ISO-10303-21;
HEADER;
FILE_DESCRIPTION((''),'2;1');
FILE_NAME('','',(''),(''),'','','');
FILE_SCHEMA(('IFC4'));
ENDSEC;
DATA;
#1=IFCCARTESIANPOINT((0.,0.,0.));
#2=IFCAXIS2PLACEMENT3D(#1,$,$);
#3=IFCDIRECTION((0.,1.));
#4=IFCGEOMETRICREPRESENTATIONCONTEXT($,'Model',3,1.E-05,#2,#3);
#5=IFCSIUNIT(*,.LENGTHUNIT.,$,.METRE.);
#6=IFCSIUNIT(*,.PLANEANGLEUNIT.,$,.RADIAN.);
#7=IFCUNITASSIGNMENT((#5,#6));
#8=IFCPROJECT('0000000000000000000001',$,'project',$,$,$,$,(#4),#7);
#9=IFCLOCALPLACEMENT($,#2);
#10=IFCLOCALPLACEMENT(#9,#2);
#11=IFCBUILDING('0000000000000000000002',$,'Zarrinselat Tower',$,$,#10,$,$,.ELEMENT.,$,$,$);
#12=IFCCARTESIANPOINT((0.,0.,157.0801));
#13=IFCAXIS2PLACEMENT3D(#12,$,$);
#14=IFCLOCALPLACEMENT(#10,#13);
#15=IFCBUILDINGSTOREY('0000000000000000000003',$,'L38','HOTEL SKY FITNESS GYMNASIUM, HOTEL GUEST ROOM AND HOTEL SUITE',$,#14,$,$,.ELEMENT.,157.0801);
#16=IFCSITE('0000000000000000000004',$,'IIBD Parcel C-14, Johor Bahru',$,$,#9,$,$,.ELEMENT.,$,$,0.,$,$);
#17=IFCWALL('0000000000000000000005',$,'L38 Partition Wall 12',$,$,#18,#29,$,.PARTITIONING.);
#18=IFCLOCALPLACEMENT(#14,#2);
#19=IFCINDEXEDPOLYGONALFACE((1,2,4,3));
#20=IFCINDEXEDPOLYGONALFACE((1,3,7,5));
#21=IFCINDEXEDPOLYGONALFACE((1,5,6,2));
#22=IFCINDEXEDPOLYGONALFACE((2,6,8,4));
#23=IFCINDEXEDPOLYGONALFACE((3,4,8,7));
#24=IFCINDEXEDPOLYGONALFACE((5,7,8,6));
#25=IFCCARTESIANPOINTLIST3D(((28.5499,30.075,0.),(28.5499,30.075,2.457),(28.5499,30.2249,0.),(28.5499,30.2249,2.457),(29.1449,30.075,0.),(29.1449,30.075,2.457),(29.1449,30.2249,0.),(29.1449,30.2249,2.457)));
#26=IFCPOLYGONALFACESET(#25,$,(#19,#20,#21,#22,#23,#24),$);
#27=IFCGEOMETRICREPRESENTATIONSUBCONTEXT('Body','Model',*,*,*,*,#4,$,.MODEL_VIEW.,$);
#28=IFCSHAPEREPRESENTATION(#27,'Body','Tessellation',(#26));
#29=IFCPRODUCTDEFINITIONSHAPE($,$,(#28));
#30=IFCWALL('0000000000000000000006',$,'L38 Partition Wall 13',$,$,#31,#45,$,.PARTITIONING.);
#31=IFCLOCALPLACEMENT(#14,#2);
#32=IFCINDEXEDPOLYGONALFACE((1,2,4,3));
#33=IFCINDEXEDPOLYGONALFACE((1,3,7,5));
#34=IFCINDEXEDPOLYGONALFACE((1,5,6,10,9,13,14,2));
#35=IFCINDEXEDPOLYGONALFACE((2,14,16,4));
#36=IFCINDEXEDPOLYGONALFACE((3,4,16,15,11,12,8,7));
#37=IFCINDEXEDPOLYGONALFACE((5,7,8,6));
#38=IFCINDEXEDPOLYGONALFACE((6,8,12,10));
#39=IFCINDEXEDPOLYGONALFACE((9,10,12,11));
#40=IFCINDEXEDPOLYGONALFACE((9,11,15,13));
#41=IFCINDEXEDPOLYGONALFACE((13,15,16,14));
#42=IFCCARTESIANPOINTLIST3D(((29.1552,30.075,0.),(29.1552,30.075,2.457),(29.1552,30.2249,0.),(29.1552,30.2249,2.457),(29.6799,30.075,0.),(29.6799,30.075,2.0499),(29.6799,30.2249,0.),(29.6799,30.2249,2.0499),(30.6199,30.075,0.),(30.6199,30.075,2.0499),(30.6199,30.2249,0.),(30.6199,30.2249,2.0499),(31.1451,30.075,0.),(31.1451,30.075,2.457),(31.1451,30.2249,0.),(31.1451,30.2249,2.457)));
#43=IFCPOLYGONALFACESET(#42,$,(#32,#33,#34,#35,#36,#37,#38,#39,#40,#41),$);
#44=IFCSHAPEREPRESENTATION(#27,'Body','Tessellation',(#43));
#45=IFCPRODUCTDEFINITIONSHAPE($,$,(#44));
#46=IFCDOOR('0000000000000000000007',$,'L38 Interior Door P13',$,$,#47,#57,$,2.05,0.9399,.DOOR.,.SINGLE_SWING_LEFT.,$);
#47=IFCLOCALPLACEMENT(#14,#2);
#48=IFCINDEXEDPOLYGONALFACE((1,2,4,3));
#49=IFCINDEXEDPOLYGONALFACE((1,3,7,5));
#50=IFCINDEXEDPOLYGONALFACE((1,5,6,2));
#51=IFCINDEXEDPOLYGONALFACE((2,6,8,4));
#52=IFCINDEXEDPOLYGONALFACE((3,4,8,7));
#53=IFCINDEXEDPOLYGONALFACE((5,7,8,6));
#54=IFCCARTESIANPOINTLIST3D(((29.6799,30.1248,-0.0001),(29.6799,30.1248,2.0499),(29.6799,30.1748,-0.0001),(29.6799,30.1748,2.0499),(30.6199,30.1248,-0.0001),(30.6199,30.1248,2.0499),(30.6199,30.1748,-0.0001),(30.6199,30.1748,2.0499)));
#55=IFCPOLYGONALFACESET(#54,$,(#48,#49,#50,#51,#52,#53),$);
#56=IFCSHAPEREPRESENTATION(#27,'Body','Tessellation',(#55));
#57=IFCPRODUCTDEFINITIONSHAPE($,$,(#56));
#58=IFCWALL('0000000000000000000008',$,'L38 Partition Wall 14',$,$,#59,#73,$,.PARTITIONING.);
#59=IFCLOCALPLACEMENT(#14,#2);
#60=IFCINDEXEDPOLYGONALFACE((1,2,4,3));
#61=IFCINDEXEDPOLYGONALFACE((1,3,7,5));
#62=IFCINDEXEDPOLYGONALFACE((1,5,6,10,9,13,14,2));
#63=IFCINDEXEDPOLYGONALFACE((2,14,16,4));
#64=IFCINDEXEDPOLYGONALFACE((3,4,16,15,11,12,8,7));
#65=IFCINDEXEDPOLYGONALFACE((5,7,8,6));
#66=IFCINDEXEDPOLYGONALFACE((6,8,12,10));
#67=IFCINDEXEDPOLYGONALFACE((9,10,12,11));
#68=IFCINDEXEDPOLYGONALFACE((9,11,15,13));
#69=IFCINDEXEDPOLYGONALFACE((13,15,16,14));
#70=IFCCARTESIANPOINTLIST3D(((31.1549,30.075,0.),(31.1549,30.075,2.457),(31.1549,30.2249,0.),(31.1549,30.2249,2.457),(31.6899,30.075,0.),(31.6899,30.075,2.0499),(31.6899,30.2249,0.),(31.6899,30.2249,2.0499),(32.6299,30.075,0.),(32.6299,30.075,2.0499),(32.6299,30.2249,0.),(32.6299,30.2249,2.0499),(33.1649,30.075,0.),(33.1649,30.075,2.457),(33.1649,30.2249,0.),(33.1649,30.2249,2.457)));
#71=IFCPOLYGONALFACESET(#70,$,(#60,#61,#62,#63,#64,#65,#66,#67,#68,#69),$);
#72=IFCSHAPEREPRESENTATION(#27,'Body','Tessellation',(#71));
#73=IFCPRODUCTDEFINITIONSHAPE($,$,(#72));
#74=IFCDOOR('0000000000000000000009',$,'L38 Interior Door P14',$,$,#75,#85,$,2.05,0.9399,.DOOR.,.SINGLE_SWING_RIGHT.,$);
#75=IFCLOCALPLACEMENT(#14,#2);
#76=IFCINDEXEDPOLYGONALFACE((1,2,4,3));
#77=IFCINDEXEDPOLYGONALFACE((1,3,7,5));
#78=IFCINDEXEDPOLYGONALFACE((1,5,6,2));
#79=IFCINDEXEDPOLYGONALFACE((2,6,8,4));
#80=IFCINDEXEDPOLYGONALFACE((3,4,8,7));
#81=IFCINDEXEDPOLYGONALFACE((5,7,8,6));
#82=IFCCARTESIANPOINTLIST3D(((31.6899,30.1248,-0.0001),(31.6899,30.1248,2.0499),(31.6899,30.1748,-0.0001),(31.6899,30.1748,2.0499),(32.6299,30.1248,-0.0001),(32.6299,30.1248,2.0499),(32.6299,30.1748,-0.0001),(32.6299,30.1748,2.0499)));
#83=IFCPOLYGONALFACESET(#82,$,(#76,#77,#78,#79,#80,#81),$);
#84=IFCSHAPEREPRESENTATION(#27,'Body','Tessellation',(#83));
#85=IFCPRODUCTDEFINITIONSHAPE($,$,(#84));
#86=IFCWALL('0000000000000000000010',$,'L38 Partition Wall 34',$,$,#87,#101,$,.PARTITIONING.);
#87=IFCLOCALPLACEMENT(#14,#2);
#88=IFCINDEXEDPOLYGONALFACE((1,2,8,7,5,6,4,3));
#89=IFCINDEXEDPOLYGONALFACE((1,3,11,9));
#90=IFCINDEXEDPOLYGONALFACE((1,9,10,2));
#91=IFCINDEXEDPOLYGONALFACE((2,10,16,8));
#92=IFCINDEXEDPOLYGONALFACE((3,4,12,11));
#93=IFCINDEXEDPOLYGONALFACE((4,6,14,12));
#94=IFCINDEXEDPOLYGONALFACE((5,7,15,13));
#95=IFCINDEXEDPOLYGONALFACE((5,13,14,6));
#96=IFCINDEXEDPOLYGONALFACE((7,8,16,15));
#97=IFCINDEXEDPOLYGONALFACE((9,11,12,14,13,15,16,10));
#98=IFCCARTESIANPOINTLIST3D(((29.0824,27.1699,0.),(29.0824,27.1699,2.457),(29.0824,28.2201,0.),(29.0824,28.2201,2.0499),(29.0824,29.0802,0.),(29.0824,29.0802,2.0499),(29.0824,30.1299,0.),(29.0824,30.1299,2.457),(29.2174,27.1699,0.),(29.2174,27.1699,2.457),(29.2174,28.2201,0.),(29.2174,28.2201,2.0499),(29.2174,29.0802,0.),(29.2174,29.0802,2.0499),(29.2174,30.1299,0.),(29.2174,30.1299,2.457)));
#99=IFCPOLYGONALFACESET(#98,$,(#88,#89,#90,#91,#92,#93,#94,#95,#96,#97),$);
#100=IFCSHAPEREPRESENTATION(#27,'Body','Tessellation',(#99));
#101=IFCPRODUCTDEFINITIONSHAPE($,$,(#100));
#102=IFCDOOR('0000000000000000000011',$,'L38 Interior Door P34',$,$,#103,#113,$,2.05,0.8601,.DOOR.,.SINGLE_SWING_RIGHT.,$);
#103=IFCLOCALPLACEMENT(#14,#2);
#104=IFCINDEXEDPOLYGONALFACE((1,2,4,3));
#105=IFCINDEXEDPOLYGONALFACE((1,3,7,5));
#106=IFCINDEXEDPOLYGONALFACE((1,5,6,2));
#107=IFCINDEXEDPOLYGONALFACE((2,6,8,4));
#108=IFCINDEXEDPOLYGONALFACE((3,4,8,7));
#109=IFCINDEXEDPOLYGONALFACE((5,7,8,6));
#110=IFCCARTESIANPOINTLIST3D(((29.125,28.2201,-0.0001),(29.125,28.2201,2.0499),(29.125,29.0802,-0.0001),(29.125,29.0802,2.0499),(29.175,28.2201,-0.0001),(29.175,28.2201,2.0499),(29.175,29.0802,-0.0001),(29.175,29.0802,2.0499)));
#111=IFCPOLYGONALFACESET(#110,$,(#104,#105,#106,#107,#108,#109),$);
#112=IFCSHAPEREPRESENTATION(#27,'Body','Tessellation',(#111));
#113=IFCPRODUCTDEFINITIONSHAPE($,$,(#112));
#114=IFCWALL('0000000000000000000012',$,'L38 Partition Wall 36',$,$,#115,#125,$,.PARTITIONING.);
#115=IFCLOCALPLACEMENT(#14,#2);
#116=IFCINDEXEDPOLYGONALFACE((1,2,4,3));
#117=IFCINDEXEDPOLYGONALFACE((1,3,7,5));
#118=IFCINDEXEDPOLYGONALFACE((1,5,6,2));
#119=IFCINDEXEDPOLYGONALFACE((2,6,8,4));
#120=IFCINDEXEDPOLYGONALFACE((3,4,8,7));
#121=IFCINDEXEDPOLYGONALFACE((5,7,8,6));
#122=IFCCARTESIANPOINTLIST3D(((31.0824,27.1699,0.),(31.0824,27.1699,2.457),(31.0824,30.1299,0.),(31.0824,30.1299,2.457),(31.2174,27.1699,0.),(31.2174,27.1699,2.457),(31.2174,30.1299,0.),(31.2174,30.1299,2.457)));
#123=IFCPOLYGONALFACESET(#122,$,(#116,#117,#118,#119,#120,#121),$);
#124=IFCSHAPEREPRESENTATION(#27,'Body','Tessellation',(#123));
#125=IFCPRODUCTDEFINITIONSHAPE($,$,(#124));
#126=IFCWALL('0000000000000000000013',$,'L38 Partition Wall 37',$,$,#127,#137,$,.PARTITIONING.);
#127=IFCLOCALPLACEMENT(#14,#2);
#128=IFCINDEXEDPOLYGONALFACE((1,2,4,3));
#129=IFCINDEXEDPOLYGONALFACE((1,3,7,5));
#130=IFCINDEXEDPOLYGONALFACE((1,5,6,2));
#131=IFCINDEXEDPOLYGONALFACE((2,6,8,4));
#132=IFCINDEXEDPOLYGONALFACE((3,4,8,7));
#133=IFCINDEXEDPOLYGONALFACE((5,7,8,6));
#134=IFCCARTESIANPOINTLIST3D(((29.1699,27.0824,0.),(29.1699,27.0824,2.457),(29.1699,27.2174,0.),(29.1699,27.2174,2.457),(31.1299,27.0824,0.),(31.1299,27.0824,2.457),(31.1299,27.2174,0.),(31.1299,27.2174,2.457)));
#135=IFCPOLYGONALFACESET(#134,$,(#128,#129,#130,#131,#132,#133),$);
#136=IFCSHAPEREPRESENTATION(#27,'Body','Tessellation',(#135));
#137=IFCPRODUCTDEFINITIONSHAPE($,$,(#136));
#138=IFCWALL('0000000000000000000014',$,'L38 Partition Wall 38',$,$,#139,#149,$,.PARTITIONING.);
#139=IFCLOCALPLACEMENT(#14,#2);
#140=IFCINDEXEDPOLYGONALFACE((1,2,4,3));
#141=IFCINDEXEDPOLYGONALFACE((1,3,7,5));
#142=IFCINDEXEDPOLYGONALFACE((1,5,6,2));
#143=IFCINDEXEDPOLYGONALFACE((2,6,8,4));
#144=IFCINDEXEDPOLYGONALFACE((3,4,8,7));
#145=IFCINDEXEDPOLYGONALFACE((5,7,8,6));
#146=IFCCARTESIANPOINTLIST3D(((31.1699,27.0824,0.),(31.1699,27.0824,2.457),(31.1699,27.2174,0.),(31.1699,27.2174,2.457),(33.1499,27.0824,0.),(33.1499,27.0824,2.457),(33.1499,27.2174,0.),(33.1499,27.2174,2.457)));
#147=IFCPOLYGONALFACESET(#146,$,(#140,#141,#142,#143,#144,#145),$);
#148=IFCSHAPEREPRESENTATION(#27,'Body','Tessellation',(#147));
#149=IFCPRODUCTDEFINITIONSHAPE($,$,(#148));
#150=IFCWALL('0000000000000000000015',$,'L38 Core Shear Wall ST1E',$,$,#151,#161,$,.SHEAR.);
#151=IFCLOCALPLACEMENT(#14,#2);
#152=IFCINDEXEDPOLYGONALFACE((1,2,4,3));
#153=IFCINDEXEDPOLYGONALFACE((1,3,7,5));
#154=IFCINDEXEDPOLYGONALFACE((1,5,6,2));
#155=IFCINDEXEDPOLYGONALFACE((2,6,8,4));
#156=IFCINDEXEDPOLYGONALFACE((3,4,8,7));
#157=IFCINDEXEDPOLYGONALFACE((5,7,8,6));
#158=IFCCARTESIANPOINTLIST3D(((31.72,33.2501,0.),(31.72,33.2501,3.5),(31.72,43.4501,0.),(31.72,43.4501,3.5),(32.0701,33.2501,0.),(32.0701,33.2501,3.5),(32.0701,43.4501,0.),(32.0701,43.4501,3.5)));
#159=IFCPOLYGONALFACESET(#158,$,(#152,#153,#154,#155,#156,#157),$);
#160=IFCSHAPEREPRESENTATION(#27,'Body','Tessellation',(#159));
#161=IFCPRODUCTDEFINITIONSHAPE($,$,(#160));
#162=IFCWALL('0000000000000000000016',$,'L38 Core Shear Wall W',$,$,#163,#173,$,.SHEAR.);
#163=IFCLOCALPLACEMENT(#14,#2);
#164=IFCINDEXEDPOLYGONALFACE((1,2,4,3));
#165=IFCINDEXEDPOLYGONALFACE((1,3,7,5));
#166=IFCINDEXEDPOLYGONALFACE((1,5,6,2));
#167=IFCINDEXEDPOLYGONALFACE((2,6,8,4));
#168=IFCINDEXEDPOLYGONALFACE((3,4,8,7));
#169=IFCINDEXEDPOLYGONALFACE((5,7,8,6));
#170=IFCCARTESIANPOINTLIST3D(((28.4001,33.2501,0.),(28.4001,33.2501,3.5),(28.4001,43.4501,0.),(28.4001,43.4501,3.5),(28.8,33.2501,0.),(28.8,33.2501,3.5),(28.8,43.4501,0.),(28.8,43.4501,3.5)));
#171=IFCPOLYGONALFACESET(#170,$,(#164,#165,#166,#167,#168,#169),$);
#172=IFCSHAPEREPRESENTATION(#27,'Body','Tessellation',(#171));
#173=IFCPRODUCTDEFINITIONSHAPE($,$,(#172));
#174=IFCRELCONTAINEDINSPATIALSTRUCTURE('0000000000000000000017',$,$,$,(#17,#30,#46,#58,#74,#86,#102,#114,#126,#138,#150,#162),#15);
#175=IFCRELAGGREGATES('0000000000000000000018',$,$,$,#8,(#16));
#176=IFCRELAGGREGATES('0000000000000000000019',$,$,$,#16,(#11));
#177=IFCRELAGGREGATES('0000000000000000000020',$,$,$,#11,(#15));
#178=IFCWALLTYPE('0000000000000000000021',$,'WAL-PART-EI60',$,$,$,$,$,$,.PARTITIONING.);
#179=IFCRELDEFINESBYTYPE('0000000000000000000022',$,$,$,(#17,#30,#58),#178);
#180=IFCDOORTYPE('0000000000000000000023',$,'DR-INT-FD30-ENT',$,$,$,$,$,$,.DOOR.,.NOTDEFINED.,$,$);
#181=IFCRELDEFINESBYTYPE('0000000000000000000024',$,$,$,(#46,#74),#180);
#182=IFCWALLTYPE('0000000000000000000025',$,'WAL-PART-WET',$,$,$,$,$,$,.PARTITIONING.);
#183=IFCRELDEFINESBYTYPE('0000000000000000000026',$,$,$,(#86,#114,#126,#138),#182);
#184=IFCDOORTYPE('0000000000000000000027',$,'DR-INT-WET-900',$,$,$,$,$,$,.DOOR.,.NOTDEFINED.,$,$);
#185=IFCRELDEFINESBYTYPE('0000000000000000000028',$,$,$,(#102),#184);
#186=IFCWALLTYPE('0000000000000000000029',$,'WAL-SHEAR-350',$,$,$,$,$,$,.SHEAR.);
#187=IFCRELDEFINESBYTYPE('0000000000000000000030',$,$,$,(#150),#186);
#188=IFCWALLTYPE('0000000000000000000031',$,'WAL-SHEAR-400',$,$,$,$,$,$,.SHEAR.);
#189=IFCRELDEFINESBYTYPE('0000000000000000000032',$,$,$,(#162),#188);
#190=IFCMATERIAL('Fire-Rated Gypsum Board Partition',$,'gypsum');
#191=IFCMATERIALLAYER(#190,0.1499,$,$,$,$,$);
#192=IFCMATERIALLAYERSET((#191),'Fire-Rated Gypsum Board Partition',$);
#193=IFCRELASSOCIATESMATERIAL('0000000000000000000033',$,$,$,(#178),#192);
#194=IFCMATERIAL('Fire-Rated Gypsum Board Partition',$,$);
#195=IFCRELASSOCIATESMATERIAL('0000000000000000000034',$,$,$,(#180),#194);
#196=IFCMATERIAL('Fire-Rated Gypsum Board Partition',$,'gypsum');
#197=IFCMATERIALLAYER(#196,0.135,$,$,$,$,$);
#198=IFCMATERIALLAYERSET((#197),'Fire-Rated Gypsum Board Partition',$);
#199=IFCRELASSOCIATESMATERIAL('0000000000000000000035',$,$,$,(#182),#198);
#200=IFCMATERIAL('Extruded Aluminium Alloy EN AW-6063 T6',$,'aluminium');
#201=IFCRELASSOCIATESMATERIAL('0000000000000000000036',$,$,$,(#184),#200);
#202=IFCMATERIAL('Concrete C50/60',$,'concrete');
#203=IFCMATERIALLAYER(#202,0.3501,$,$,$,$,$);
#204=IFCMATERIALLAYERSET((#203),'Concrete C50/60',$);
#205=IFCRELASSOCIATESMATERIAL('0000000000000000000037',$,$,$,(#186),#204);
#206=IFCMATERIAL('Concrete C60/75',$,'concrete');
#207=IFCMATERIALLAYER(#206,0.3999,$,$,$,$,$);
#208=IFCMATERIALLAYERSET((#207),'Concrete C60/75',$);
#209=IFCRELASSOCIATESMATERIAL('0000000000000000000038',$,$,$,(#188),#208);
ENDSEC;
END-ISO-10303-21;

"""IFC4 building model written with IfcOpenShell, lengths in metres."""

from ifc_helpers import new_model, si_unit, direction, frame, frame_2d, origin, place, context, subcontext, project, spatial, rectangle, extrude, material, layer, layer_set, type_object, element, fill, save


model = new_model("IFC4")

# Units and contexts
model_context = context("Model", 3, precision=1e-05, world=origin(), true_north=direction((0.0, 1.0)))
body_context = subcontext(model_context, "Body", "Model", "MODEL_VIEW")
ifc_project = project(units=[si_unit("LENGTHUNIT", "METRE"), si_unit("PLANEANGLEUNIT", "RADIAN")], contexts=[model_context])

# Site, building, storey
site_placement = place(None, origin())
site = spatial("IfcSite", under=ifc_project, at=site_placement, Name="IIBD Parcel C-14, Johor Bahru", CompositionType="ELEMENT", RefElevation=0.0)
building_placement = place(site_placement, origin())
building = spatial("IfcBuilding", under=site, at=building_placement, Name="Zarrinselat Tower", CompositionType="ELEMENT")
storey_placement = place(building_placement, frame((0.0, 0.0, 157.0801)))
storey = spatial("IfcBuildingStorey", under=building, at=storey_placement, Name="L38", Description="HOTEL SKY FITNESS GYMNASIUM, HOTEL GUEST ROOM AND HOTEL SUITE", CompositionType="ELEMENT", Elevation=157.0801)

# Wall
ifc_material_1 = material(Name="Fire-Rated Gypsum Board Partition", Category="gypsum")
ifc_layer_1 = layer(ifc_material_1, 0.1499)
ifc_layer_set_1 = layer_set([ifc_layer_1], Name="Fire-Rated Gypsum Board Partition")
wall_type_1 = type_object("IfcWallType", Name="WAL-PART-EI60", PredefinedType="PARTITIONING", material=ifc_layer_set_1)
wall_1_placement = place(storey_placement, frame((28.55, 30.1499, 0.0), z_axis=(0.0, 0.0, 1.0), x_axis=(1.0, 0.0, 0.0)))
element("IfcWall", 1, at=wall_1_placement, inside=storey, type_object=wall_type_1, Name="L38 Partition Wall 12", PredefinedType="PARTITIONING", context=body_context, shape_type="SweptSolid", body=[
    extrude(rectangle(XDim=0.595, YDim=0.1499, at=frame_2d((0.2974, 0.0))), origin(), (0.0, 0.0, 1.0), 2.457),
])

# Walls, openings, doors
wall_2_placement = place(storey_placement, frame((29.155, 30.1499, 0.0), z_axis=(0.0, 0.0, 1.0), x_axis=(1.0, 0.0, 0.0)))
wall_2 = element("IfcWall", 2, at=wall_2_placement, inside=storey, type_object=wall_type_1, Name="L38 Partition Wall 13", PredefinedType="PARTITIONING", context=body_context, shape_type="SweptSolid", body=[
    extrude(rectangle(XDim=1.99, YDim=0.1499, at=frame_2d((0.9951, 0.0))), origin(), (0.0, 0.0, 1.0), 2.457),
])
opening_1_placement = place(wall_2_placement, frame((0.5249, 0.0, 0.0)))
opening_1 = element("IfcOpeningElement", 3, at=opening_1_placement, cuts=wall_2, PredefinedType="OPENING", context=body_context, shape_type="SweptSolid", body=[
    extrude(rectangle(XDim=0.9399, YDim=2.05, at=frame_2d((0.47, 1.0249))), frame((0.0, 0.085, 0.0), z_axis=(0.0, -1.0, 0.0), x_axis=(1.0, 0.0, 0.0)), (0.0, 0.0, 1.0), 0.1699),
])
ifc_material_2 = material(Name="Fire-Rated Gypsum Board Partition")
door_type_1 = type_object("IfcDoorType", Name="DR-INT-FD30-ENT", OperationType="NOTDEFINED", PredefinedType="DOOR", material=ifc_material_2)
door_1_placement = place(opening_1_placement, origin())
door_1 = element("IfcDoor", 4, at=door_1_placement, inside=storey, type_object=door_type_1, Name="L38 Interior Door P13", OperationType="SINGLE_SWING_LEFT", OverallHeight=2.05, OverallWidth=0.9399, PredefinedType="DOOR", context=body_context, shape_type="SweptSolid", body=[
    extrude(rectangle(XDim=0.9399, YDim=2.05, at=frame_2d((0.47, 1.0249))), frame((0.0, 0.0249, 0.0), z_axis=(0.0, -1.0, 0.0), x_axis=(1.0, 0.0, 0.0)), (0.0, 0.0, 1.0), 0.05),
])
fill(opening_1, door_1)
wall_3_placement = place(storey_placement, frame((31.155, 30.1499, 0.0), z_axis=(0.0, 0.0, 1.0), x_axis=(1.0, 0.0, 0.0)))
wall_3 = element("IfcWall", 5, at=wall_3_placement, inside=storey, type_object=wall_type_1, Name="L38 Partition Wall 14", PredefinedType="PARTITIONING", context=body_context, shape_type="SweptSolid", body=[
    extrude(rectangle(XDim=2.01, YDim=0.1499, at=frame_2d((1.0049, 0.0))), origin(), (0.0, 0.0, 1.0), 2.457),
])
opening_2_placement = place(wall_3_placement, frame((0.5349, 0.0, 0.0)))
opening_2 = element("IfcOpeningElement", 6, at=opening_2_placement, cuts=wall_3, PredefinedType="OPENING", context=body_context, shape_type="SweptSolid", body=[
    extrude(rectangle(XDim=0.9399, YDim=2.05, at=frame_2d((0.47, 1.0249))), frame((0.0, 0.085, 0.0), z_axis=(0.0, -1.0, 0.0), x_axis=(1.0, 0.0, 0.0)), (0.0, 0.0, 1.0), 0.1699),
])
door_2_placement = place(opening_2_placement, origin())
door_2 = element("IfcDoor", 7, at=door_2_placement, inside=storey, type_object=door_type_1, Name="L38 Interior Door P14", OperationType="SINGLE_SWING_RIGHT", OverallHeight=2.05, OverallWidth=0.9399, PredefinedType="DOOR", context=body_context, shape_type="SweptSolid", body=[
    extrude(rectangle(XDim=0.9399, YDim=2.05, at=frame_2d((0.47, 1.0249))), frame((0.0, 0.0249, 0.0), z_axis=(0.0, -1.0, 0.0), x_axis=(1.0, 0.0, 0.0)), (0.0, 0.0, 1.0), 0.05),
])
fill(opening_2, door_2)
ifc_material_3 = material(Name="Fire-Rated Gypsum Board Partition", Category="gypsum")
ifc_layer_2 = layer(ifc_material_3, 0.135)
ifc_layer_set_2 = layer_set([ifc_layer_2], Name="Fire-Rated Gypsum Board Partition")
wall_type_2 = type_object("IfcWallType", Name="WAL-PART-WET", PredefinedType="PARTITIONING", material=ifc_layer_set_2)
wall_4_placement = place(storey_placement, frame((29.1499, 27.1699, 0.0), z_axis=(0.0, 0.0, 1.0), x_axis=(0.0, 1.0, 0.0)))
wall_4 = element("IfcWall", 8, at=wall_4_placement, inside=storey, type_object=wall_type_2, Name="L38 Partition Wall 34", PredefinedType="PARTITIONING", context=body_context, shape_type="SweptSolid", body=[
    extrude(rectangle(XDim=2.96, YDim=0.135, at=frame_2d((1.48, 0.0))), origin(), (0.0, 0.0, 1.0), 2.457),
])
opening_3_placement = place(wall_4_placement, frame((1.05, 0.0, 0.0)))
opening_3 = element("IfcOpeningElement", 9, at=opening_3_placement, cuts=wall_4, PredefinedType="OPENING", context=body_context, shape_type="SweptSolid", body=[
    extrude(rectangle(XDim=0.8601, YDim=2.05, at=frame_2d((0.4302, 1.0249))), frame((0.0, 0.0774, 0.0), z_axis=(0.0, -1.0, 0.0), x_axis=(1.0, 0.0, 0.0)), (0.0, 0.0, 1.0), 0.155),
])
ifc_material_4 = material(Name="Extruded Aluminium Alloy EN AW-6063 T6", Category="aluminium")
door_type_2 = type_object("IfcDoorType", Name="DR-INT-WET-900", OperationType="NOTDEFINED", PredefinedType="DOOR", material=ifc_material_4)
door_3_placement = place(opening_3_placement, origin())
door_3 = element("IfcDoor", 10, at=door_3_placement, inside=storey, type_object=door_type_2, Name="L38 Interior Door P34", OperationType="SINGLE_SWING_RIGHT", OverallHeight=2.05, OverallWidth=0.8601, PredefinedType="DOOR", context=body_context, shape_type="SweptSolid", body=[
    extrude(rectangle(XDim=0.8601, YDim=2.05, at=frame_2d((0.4302, 1.0249))), frame((0.0, 0.0249, 0.0), z_axis=(0.0, -1.0, 0.0), x_axis=(1.0, 0.0, 0.0)), (0.0, 0.0, 1.0), 0.05),
])
fill(opening_3, door_3)

# Walls
wall_5_placement = place(storey_placement, frame((31.1499, 27.1699, 0.0), z_axis=(0.0, 0.0, 1.0), x_axis=(0.0, 1.0, 0.0)))
element("IfcWall", 11, at=wall_5_placement, inside=storey, type_object=wall_type_2, Name="L38 Partition Wall 36", PredefinedType="PARTITIONING", context=body_context, shape_type="SweptSolid", body=[
    extrude(rectangle(XDim=2.96, YDim=0.135, at=frame_2d((1.48, 0.0))), origin(), (0.0, 0.0, 1.0), 2.457),
])
wall_6_placement = place(storey_placement, frame((29.1699, 27.1499, 0.0), z_axis=(0.0, 0.0, 1.0), x_axis=(1.0, 0.0, 0.0)))
element("IfcWall", 12, at=wall_6_placement, inside=storey, type_object=wall_type_2, Name="L38 Partition Wall 37", PredefinedType="PARTITIONING", context=body_context, shape_type="SweptSolid", body=[
    extrude(rectangle(XDim=1.96, YDim=0.135, at=frame_2d((0.98, 0.0))), origin(), (0.0, 0.0, 1.0), 2.457),
])
wall_7_placement = place(storey_placement, frame((31.1699, 27.1499, 0.0), z_axis=(0.0, 0.0, 1.0), x_axis=(1.0, 0.0, 0.0)))
element("IfcWall", 13, at=wall_7_placement, inside=storey, type_object=wall_type_2, Name="L38 Partition Wall 38", PredefinedType="PARTITIONING", context=body_context, shape_type="SweptSolid", body=[
    extrude(rectangle(XDim=1.98, YDim=0.135, at=frame_2d((0.99, 0.0))), origin(), (0.0, 0.0, 1.0), 2.457),
])
ifc_material_5 = material(Name="Concrete C50/60", Category="concrete")
ifc_layer_3 = layer(ifc_material_5, 0.3501)
ifc_layer_set_3 = layer_set([ifc_layer_3], Name="Concrete C50/60")
wall_type_3 = type_object("IfcWallType", Name="WAL-SHEAR-350", PredefinedType="SHEAR", material=ifc_layer_set_3)
wall_8_placement = place(storey_placement, frame((31.895, 33.25, 0.0), z_axis=(0.0, 0.0, 1.0), x_axis=(0.0, 1.0, 0.0)))
element("IfcWall", 14, at=wall_8_placement, inside=storey, type_object=wall_type_3, Name="L38 Core Shear Wall ST1E", PredefinedType="SHEAR", context=body_context, shape_type="SweptSolid", body=[
    extrude(rectangle(XDim=10.2, YDim=0.3501, at=frame_2d((5.1001, 0.0))), origin(), (0.0, 0.0, 1.0), 3.5),
])

# Shared definitions
ifc_material_6 = material(Name="Concrete C60/75", Category="concrete")
ifc_layer_4 = layer(ifc_material_6, 0.3999)
ifc_layer_set_4 = layer_set([ifc_layer_4], Name="Concrete C60/75")
wall_type_4 = type_object("IfcWallType", Name="WAL-SHEAR-400", PredefinedType="SHEAR", material=ifc_layer_set_4)

# Wall
wall_9_placement = place(storey_placement, frame((28.6001, 33.25, 0.0), z_axis=(0.0, 0.0, 1.0), x_axis=(0.0, 1.0, 0.0)))
element("IfcWall", 15, at=wall_9_placement, inside=storey, type_object=wall_type_4, Name="L38 Core Shear Wall W", PredefinedType="SHEAR", context=body_context, shape_type="SweptSolid", body=[
    extrude(rectangle(XDim=10.2, YDim=0.3999, at=frame_2d((5.1001, 0.0))), origin(), (0.0, 0.0, 1.0), 3.5),
])

save(model, "model.ifc")
